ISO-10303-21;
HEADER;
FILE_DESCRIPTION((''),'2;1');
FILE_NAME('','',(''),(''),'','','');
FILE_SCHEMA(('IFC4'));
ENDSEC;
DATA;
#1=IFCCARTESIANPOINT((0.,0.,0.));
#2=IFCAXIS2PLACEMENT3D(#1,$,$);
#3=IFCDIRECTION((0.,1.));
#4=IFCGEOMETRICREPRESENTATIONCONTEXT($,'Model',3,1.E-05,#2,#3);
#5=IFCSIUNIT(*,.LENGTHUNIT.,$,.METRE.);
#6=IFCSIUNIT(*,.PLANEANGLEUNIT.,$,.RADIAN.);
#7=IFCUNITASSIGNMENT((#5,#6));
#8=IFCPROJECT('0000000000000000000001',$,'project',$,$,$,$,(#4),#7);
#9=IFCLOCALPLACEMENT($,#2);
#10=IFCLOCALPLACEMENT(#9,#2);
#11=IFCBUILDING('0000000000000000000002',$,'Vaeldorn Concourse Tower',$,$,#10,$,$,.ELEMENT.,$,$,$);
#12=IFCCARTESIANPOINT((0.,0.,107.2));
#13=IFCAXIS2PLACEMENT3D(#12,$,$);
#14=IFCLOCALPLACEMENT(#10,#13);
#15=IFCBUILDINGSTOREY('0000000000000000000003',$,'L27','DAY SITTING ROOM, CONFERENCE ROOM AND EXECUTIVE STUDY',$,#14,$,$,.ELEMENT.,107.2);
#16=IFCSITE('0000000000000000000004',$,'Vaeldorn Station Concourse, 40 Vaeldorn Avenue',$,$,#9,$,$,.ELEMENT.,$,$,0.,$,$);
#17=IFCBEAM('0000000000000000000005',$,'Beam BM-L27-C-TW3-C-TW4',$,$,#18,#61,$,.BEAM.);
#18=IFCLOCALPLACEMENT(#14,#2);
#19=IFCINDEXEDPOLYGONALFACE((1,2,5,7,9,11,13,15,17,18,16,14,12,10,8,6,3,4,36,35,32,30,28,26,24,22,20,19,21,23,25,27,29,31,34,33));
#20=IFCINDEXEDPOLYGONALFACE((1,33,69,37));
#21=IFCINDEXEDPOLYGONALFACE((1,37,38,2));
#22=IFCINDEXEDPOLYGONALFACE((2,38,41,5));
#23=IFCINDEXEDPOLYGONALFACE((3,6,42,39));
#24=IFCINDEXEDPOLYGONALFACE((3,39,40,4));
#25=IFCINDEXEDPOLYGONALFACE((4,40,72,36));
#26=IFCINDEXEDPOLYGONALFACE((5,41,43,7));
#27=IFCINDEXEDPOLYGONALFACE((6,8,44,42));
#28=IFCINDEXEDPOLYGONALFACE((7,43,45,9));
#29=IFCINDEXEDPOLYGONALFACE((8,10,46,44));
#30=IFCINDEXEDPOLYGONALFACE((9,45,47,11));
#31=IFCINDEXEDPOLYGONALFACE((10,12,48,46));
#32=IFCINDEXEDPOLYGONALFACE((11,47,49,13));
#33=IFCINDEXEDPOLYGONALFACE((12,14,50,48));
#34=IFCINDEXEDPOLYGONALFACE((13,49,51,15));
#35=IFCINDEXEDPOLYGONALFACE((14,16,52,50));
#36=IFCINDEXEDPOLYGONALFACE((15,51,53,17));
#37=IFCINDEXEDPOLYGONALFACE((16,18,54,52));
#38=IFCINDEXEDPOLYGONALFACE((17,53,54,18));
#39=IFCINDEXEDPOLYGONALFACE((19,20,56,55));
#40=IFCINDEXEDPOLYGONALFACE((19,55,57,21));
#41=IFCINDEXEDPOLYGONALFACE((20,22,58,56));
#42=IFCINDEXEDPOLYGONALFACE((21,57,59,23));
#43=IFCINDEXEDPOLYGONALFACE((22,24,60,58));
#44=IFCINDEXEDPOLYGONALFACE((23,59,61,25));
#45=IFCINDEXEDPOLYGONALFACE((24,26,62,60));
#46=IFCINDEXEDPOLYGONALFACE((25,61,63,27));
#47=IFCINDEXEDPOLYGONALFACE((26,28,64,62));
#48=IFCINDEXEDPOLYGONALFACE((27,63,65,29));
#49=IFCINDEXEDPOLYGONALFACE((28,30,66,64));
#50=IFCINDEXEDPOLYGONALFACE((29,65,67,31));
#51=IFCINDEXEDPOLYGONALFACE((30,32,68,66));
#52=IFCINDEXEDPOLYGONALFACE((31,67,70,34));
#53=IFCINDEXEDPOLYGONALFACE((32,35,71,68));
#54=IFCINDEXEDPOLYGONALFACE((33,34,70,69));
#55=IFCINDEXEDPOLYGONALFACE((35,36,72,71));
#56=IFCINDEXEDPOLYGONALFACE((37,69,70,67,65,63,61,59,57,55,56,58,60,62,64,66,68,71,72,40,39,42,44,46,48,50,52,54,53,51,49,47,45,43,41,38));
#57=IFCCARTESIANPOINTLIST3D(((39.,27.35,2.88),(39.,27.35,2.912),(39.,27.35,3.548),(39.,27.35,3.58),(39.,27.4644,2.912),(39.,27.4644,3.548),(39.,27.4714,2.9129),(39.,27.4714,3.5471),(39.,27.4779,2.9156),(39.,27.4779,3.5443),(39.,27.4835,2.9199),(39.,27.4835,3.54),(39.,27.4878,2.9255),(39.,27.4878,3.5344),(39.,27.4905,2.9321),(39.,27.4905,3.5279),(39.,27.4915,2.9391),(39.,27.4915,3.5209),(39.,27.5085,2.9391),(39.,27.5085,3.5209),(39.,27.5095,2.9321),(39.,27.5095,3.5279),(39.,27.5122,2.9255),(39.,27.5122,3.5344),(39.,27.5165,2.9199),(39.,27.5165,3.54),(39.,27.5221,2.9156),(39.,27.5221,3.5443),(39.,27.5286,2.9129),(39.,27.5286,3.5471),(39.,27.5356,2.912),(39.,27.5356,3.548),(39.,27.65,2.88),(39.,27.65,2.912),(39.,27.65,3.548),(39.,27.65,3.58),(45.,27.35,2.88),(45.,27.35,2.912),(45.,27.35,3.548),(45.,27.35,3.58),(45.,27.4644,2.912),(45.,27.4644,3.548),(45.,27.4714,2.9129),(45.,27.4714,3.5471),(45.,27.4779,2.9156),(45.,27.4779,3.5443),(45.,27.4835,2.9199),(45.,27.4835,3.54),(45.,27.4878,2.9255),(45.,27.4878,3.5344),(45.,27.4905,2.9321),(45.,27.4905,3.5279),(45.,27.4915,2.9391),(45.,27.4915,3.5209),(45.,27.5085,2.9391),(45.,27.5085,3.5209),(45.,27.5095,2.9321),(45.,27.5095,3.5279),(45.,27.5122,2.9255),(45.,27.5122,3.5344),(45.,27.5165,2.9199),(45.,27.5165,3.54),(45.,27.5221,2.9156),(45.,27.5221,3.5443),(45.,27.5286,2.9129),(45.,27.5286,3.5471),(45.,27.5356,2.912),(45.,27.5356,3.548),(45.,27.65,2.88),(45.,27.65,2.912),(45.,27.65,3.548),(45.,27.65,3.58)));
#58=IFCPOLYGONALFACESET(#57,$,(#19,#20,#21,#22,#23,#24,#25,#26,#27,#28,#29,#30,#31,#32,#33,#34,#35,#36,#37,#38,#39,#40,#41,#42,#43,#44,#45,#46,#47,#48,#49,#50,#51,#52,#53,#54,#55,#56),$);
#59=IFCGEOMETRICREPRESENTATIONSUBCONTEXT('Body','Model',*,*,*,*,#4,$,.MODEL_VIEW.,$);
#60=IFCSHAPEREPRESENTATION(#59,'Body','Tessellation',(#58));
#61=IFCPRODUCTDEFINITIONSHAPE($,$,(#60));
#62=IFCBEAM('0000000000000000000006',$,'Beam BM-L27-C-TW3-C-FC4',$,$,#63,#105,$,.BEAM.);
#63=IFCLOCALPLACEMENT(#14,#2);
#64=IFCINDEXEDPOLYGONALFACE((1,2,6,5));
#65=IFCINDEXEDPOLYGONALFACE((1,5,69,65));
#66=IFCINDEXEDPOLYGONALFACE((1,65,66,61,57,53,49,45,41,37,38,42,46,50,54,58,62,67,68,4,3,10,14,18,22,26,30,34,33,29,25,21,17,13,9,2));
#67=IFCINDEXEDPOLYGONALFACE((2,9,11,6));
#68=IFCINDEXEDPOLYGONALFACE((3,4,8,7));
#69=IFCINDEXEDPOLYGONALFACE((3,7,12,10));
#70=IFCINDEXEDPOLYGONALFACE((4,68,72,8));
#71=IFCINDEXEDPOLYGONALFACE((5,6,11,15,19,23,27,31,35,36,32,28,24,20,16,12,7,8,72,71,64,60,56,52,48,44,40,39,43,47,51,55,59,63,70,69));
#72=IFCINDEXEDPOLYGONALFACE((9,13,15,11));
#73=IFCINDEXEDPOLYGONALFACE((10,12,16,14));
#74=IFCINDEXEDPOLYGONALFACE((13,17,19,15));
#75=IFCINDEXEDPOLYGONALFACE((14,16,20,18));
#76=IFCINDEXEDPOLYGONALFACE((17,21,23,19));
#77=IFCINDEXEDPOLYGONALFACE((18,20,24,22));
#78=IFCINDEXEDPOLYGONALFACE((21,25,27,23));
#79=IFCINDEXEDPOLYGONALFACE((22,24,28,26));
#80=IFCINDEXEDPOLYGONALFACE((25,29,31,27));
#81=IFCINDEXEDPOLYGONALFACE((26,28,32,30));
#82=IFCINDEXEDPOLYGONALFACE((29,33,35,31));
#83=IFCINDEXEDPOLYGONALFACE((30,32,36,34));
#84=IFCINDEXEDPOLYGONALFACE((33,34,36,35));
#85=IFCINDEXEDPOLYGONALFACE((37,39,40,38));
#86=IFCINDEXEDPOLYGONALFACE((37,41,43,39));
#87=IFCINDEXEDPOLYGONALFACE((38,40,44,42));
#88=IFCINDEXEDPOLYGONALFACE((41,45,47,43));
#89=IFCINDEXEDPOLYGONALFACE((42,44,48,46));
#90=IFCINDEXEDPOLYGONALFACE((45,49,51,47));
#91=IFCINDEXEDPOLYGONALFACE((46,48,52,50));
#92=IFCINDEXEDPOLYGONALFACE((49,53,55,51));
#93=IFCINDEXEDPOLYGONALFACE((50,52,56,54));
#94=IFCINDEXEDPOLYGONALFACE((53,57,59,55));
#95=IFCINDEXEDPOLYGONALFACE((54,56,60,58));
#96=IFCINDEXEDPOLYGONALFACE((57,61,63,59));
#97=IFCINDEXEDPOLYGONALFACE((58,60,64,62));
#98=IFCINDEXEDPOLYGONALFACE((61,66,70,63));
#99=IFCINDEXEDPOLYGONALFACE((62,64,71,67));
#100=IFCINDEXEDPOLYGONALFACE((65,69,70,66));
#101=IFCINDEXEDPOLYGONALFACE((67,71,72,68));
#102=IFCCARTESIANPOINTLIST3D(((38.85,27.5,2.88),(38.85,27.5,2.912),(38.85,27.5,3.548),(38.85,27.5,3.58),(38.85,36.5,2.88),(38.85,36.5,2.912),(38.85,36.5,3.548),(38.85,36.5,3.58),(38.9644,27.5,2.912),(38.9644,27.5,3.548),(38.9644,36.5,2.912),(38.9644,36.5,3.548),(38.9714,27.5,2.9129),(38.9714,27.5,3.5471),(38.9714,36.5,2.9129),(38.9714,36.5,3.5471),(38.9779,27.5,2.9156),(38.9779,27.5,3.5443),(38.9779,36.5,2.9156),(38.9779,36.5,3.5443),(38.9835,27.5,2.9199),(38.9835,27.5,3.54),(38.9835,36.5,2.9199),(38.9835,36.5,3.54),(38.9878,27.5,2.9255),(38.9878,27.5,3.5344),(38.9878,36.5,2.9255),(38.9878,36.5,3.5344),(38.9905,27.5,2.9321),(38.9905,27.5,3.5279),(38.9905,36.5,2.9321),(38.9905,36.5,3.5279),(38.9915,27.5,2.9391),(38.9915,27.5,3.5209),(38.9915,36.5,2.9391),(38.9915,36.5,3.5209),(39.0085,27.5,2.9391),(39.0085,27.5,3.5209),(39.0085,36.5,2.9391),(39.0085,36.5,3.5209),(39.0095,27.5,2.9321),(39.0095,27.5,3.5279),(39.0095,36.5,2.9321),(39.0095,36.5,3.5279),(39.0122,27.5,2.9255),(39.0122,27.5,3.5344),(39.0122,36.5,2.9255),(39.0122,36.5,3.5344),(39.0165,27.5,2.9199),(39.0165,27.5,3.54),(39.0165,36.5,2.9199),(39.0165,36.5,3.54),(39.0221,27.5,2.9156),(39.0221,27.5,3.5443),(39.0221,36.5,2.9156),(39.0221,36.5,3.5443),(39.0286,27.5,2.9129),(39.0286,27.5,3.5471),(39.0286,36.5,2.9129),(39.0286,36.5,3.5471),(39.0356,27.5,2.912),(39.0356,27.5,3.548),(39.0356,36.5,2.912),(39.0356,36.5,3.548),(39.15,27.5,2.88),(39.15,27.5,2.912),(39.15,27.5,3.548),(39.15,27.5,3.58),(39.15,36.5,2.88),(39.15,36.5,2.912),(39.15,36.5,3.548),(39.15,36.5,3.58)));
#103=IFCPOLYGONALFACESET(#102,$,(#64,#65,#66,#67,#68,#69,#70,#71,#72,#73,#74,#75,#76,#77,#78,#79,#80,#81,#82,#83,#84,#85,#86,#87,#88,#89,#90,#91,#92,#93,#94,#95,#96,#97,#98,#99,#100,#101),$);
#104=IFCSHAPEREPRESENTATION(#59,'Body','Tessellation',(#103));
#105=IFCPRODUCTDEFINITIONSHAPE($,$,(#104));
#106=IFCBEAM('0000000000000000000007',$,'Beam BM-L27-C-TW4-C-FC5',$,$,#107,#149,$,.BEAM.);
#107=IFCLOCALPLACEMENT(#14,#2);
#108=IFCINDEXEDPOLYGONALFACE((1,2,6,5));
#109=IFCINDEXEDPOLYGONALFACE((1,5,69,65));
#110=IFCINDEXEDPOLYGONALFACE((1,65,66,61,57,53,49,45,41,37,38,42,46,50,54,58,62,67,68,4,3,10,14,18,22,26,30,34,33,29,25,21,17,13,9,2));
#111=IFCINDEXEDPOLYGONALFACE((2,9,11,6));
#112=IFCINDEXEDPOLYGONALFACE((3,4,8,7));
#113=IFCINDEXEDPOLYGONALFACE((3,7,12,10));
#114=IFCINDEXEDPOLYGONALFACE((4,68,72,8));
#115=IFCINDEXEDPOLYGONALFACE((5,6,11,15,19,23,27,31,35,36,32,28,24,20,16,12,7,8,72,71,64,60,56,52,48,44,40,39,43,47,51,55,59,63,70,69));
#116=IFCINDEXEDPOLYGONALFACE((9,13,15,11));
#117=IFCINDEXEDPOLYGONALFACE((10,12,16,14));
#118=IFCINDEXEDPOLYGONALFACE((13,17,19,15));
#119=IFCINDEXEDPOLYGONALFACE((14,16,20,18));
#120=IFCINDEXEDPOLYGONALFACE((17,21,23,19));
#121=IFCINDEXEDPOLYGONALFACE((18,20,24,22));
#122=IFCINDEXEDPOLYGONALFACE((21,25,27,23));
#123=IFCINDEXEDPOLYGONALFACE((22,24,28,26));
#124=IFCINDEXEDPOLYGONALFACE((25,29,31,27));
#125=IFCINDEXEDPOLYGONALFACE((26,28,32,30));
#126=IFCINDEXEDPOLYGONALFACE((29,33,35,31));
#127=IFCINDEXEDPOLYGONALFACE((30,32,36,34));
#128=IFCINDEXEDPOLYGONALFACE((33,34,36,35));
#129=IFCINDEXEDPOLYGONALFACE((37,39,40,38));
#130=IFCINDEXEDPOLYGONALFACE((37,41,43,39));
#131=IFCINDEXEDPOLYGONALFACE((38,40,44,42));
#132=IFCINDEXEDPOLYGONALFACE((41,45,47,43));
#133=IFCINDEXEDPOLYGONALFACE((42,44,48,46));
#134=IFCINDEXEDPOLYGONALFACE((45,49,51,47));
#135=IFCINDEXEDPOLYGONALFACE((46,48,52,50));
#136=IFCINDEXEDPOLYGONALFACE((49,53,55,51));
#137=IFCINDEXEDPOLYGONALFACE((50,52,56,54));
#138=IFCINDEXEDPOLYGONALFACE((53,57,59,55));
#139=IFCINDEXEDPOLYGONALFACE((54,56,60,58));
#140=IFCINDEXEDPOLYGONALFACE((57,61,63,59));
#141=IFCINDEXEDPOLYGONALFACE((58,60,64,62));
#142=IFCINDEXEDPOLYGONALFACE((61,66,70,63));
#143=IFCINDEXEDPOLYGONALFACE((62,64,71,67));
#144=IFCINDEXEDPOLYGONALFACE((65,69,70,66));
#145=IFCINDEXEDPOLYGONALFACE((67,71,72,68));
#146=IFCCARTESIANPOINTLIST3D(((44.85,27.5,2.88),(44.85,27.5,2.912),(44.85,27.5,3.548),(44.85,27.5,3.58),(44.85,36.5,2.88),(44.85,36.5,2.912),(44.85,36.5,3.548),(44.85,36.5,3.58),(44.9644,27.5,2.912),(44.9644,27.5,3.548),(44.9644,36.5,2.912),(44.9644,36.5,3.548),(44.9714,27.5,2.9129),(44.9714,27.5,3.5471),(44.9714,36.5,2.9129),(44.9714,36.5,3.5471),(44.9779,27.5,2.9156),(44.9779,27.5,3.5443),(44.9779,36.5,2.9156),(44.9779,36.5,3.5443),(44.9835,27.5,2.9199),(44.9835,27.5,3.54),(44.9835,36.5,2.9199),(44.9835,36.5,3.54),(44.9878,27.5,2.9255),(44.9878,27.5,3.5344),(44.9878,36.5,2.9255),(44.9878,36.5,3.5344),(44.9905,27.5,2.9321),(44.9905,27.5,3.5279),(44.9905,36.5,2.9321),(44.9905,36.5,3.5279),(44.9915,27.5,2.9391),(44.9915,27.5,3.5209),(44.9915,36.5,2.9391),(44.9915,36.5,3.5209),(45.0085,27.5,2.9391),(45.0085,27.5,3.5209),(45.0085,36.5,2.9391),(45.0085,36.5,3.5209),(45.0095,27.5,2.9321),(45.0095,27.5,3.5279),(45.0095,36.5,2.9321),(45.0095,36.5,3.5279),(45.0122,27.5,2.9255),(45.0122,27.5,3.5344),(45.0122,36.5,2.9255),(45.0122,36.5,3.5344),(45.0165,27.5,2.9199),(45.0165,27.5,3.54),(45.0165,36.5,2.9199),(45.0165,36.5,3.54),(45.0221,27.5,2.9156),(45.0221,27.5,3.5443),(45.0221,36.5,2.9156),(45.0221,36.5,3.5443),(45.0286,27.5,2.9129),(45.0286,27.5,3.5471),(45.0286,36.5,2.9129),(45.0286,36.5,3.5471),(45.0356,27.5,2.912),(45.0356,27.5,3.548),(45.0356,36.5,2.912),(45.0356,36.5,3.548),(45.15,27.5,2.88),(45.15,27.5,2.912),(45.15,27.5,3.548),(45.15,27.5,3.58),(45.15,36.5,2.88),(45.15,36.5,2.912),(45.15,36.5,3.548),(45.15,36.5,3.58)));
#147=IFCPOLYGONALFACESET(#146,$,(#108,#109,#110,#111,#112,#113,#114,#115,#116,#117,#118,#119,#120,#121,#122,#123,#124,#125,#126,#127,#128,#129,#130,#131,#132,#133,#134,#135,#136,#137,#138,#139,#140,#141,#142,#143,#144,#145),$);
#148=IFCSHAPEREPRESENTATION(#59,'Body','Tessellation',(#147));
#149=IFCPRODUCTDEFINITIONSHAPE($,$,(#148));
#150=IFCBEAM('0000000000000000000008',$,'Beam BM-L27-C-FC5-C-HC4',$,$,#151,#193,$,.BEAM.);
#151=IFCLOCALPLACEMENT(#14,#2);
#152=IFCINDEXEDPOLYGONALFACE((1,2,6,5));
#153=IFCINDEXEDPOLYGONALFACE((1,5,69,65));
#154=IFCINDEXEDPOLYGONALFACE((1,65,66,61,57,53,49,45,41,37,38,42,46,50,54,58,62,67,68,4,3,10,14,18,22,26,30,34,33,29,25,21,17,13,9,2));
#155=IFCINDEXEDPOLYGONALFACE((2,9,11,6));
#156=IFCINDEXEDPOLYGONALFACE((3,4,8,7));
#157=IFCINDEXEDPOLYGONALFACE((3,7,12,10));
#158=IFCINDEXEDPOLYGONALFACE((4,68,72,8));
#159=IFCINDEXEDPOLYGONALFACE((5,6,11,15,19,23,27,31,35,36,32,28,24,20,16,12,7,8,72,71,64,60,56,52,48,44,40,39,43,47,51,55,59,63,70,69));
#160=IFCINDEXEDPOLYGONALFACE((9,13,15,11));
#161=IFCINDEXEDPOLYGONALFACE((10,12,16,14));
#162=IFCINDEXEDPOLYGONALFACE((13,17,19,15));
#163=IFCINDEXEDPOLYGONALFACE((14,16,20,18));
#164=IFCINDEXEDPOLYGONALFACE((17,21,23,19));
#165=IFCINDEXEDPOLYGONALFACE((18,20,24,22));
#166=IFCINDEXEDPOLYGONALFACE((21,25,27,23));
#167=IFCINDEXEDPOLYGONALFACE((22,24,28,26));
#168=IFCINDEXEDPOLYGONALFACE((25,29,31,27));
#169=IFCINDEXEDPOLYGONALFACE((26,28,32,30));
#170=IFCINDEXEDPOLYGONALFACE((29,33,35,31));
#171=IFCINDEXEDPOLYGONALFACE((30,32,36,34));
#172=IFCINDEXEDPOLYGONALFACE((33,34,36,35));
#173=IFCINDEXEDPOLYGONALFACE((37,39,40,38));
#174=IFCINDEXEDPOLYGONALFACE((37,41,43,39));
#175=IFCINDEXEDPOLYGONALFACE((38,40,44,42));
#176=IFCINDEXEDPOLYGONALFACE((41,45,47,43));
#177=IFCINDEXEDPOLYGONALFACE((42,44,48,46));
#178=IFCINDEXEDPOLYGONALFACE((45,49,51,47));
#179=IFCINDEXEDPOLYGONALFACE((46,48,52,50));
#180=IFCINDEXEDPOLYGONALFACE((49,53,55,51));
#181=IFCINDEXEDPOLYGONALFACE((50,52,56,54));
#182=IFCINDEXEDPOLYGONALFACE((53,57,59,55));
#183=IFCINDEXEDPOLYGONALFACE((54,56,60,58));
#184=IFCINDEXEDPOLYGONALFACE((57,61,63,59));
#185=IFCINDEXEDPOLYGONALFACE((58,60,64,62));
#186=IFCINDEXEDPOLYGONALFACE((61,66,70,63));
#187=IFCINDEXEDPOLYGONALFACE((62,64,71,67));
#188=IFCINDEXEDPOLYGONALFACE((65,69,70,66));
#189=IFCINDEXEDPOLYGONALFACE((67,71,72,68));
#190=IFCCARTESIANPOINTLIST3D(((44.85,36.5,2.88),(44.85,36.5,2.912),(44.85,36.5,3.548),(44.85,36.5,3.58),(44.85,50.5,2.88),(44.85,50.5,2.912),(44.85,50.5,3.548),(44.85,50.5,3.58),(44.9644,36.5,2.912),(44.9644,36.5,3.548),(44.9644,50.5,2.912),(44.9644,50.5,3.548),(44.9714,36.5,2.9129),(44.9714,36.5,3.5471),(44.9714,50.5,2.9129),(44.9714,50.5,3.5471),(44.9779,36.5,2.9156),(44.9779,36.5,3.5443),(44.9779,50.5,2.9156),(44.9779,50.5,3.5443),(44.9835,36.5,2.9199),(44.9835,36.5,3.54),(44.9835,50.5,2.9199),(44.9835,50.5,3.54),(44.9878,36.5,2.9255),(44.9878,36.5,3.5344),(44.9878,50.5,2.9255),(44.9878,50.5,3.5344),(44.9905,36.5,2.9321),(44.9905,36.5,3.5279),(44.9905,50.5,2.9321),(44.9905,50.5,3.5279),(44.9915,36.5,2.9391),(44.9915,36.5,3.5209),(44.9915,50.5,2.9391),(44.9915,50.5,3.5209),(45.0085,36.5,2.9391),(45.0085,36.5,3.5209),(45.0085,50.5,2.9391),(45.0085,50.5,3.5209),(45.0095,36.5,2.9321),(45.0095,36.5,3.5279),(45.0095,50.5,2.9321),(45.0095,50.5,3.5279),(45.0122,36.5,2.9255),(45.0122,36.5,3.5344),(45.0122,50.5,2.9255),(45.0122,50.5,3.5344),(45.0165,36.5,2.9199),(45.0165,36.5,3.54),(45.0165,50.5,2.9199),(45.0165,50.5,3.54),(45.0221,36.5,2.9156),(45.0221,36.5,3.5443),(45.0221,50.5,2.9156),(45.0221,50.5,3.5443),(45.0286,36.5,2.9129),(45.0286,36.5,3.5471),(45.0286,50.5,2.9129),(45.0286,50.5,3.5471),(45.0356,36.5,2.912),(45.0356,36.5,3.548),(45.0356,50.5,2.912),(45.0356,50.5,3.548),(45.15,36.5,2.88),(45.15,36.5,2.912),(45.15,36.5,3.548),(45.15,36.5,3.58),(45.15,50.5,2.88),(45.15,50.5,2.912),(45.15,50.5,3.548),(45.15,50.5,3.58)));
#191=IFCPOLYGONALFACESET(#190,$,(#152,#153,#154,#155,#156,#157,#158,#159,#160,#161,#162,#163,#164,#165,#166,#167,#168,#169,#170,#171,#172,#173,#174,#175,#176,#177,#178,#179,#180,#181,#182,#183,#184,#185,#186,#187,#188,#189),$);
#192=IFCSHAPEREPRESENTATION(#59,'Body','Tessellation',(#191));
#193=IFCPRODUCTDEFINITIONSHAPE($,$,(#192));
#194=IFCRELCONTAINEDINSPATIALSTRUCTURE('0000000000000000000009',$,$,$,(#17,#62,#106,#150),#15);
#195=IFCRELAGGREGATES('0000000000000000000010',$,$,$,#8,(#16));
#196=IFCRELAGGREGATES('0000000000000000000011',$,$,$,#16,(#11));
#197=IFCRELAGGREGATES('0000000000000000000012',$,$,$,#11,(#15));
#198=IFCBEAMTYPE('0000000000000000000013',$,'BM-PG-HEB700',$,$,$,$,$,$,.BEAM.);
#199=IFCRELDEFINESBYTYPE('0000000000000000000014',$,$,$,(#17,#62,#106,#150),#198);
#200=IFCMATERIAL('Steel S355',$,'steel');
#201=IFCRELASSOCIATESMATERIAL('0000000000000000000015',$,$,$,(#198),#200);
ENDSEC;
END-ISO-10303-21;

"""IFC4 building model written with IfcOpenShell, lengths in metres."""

from ifc_helpers import new_model, si_unit, direction, frame, origin, origin_2d, place, context, subcontext, project, spatial, i_section, extrude, source, transform, mapped, material, material_profile, profile_set, type_object, element, save


model = new_model("IFC4")

# Units and contexts
model_context = context("Model", 3, precision=1e-05, world=origin(), true_north=direction((0.0, 1.0)))
body_context = subcontext(model_context, "Body", "Model", "MODEL_VIEW")
ifc_project = project(units=[si_unit("LENGTHUNIT", "METRE"), si_unit("PLANEANGLEUNIT", "RADIAN")], contexts=[model_context])

# Site, building, storey
site_placement = place(None, origin())
site = spatial("IfcSite", under=ifc_project, at=site_placement, Name="Vaeldorn Station Concourse, 40 Vaeldorn Avenue", CompositionType="ELEMENT", RefElevation=0.0)
building_placement = place(site_placement, origin())
building = spatial("IfcBuilding", under=site, at=building_placement, Name="Vaeldorn Concourse Tower", CompositionType="ELEMENT")
storey_placement = place(building_placement, frame((0.0, 0.0, 107.2)))
storey = spatial("IfcBuildingStorey", under=building, at=storey_placement, Name="L27", Description="DAY SITTING ROOM, CONFERENCE ROOM AND EXECUTIVE STUDY", CompositionType="ELEMENT", Elevation=107.2)

# Beams
ifc_material_1 = material(Name="Steel S355", Category="steel")
ifc_material_profile_1 = material_profile(ifc_material_1, i_section(OverallWidth=0.3, OverallDepth=0.7, WebThickness=0.0171, FlangeThickness=0.032, FilletRadius=0.0271, at=origin_2d()), Name="HEB 700")
ifc_profile_set_1 = profile_set([ifc_material_profile_1], Name="Steel S355")
beam_type_1 = type_object("IfcBeamType", Name="BM-PG-HEB700", PredefinedType="BEAM", material=ifc_profile_set_1)
shared_shape_1 = source(origin(), body_context, "Body", "SweptSolid", [
    extrude(i_section(OverallWidth=0.3, OverallDepth=0.7, WebThickness=0.0171, FlangeThickness=0.032, FilletRadius=0.0271, at=origin_2d()), origin(), (0.0, 0.0, 1.0), 6.0),
])
for number, where, z_axis, x_axis, name in (
    (1, (39.0, 27.5, 3.23), (1.0, 0.0, 0.0), (0.0, 1.0, 0.0), "Beam BM-L27-C-TW3-C-TW4"),
):
    element("IfcBeam", number, at=place(storey_placement, frame(where, z_axis=z_axis, x_axis=x_axis)), inside=storey, type_object=beam_type_1, Name=name, PredefinedType="BEAM", context=body_context, shape_type="MappedRepresentation", body=[
        mapped(shared_shape_1, transform((0.0, 0.0, 0.0), scale=1.0)),
    ])
shared_shape_2 = source(origin(), body_context, "Body", "SweptSolid", [
    extrude(i_section(OverallWidth=0.3, OverallDepth=0.7, WebThickness=0.0171, FlangeThickness=0.032, FilletRadius=0.0271, at=origin_2d()), origin(), (0.0, 0.0, 1.0), 9.0),
])
for number, where, z_axis, x_axis, name in (
    (2, (39.0, 27.5, 3.23), (0.0, 1.0, 0.0), (-1.0, 0.0, 0.0), "Beam BM-L27-C-TW3-C-FC4"),
    (3, (45.0, 27.5, 3.23), (0.0, 1.0, 0.0), (-1.0, 0.0, 0.0), "Beam BM-L27-C-TW4-C-FC5"),
):
    element("IfcBeam", number, at=place(storey_placement, frame(where, z_axis=z_axis, x_axis=x_axis)), inside=storey, type_object=beam_type_1, Name=name, PredefinedType="BEAM", context=body_context, shape_type="MappedRepresentation", body=[
        mapped(shared_shape_2, transform((0.0, 0.0, 0.0), scale=1.0)),
    ])
shared_shape_3 = source(origin(), body_context, "Body", "SweptSolid", [
    extrude(i_section(OverallWidth=0.3, OverallDepth=0.7, WebThickness=0.0171, FlangeThickness=0.032, FilletRadius=0.0271, at=origin_2d()), origin(), (0.0, 0.0, 1.0), 14.0),
])
beam_1_placement = place(storey_placement, frame((45.0, 36.5, 3.23), z_axis=(0.0, 1.0, 0.0), x_axis=(-1.0, 0.0, 0.0)))
element("IfcBeam", 4, at=beam_1_placement, inside=storey, type_object=beam_type_1, Name="Beam BM-L27-C-FC5-C-HC4", PredefinedType="BEAM", context=body_context, shape_type="MappedRepresentation", body=[
    mapped(shared_shape_3, transform((0.0, 0.0, 0.0), scale=1.0)),
])

save(model, "model.ifc")
